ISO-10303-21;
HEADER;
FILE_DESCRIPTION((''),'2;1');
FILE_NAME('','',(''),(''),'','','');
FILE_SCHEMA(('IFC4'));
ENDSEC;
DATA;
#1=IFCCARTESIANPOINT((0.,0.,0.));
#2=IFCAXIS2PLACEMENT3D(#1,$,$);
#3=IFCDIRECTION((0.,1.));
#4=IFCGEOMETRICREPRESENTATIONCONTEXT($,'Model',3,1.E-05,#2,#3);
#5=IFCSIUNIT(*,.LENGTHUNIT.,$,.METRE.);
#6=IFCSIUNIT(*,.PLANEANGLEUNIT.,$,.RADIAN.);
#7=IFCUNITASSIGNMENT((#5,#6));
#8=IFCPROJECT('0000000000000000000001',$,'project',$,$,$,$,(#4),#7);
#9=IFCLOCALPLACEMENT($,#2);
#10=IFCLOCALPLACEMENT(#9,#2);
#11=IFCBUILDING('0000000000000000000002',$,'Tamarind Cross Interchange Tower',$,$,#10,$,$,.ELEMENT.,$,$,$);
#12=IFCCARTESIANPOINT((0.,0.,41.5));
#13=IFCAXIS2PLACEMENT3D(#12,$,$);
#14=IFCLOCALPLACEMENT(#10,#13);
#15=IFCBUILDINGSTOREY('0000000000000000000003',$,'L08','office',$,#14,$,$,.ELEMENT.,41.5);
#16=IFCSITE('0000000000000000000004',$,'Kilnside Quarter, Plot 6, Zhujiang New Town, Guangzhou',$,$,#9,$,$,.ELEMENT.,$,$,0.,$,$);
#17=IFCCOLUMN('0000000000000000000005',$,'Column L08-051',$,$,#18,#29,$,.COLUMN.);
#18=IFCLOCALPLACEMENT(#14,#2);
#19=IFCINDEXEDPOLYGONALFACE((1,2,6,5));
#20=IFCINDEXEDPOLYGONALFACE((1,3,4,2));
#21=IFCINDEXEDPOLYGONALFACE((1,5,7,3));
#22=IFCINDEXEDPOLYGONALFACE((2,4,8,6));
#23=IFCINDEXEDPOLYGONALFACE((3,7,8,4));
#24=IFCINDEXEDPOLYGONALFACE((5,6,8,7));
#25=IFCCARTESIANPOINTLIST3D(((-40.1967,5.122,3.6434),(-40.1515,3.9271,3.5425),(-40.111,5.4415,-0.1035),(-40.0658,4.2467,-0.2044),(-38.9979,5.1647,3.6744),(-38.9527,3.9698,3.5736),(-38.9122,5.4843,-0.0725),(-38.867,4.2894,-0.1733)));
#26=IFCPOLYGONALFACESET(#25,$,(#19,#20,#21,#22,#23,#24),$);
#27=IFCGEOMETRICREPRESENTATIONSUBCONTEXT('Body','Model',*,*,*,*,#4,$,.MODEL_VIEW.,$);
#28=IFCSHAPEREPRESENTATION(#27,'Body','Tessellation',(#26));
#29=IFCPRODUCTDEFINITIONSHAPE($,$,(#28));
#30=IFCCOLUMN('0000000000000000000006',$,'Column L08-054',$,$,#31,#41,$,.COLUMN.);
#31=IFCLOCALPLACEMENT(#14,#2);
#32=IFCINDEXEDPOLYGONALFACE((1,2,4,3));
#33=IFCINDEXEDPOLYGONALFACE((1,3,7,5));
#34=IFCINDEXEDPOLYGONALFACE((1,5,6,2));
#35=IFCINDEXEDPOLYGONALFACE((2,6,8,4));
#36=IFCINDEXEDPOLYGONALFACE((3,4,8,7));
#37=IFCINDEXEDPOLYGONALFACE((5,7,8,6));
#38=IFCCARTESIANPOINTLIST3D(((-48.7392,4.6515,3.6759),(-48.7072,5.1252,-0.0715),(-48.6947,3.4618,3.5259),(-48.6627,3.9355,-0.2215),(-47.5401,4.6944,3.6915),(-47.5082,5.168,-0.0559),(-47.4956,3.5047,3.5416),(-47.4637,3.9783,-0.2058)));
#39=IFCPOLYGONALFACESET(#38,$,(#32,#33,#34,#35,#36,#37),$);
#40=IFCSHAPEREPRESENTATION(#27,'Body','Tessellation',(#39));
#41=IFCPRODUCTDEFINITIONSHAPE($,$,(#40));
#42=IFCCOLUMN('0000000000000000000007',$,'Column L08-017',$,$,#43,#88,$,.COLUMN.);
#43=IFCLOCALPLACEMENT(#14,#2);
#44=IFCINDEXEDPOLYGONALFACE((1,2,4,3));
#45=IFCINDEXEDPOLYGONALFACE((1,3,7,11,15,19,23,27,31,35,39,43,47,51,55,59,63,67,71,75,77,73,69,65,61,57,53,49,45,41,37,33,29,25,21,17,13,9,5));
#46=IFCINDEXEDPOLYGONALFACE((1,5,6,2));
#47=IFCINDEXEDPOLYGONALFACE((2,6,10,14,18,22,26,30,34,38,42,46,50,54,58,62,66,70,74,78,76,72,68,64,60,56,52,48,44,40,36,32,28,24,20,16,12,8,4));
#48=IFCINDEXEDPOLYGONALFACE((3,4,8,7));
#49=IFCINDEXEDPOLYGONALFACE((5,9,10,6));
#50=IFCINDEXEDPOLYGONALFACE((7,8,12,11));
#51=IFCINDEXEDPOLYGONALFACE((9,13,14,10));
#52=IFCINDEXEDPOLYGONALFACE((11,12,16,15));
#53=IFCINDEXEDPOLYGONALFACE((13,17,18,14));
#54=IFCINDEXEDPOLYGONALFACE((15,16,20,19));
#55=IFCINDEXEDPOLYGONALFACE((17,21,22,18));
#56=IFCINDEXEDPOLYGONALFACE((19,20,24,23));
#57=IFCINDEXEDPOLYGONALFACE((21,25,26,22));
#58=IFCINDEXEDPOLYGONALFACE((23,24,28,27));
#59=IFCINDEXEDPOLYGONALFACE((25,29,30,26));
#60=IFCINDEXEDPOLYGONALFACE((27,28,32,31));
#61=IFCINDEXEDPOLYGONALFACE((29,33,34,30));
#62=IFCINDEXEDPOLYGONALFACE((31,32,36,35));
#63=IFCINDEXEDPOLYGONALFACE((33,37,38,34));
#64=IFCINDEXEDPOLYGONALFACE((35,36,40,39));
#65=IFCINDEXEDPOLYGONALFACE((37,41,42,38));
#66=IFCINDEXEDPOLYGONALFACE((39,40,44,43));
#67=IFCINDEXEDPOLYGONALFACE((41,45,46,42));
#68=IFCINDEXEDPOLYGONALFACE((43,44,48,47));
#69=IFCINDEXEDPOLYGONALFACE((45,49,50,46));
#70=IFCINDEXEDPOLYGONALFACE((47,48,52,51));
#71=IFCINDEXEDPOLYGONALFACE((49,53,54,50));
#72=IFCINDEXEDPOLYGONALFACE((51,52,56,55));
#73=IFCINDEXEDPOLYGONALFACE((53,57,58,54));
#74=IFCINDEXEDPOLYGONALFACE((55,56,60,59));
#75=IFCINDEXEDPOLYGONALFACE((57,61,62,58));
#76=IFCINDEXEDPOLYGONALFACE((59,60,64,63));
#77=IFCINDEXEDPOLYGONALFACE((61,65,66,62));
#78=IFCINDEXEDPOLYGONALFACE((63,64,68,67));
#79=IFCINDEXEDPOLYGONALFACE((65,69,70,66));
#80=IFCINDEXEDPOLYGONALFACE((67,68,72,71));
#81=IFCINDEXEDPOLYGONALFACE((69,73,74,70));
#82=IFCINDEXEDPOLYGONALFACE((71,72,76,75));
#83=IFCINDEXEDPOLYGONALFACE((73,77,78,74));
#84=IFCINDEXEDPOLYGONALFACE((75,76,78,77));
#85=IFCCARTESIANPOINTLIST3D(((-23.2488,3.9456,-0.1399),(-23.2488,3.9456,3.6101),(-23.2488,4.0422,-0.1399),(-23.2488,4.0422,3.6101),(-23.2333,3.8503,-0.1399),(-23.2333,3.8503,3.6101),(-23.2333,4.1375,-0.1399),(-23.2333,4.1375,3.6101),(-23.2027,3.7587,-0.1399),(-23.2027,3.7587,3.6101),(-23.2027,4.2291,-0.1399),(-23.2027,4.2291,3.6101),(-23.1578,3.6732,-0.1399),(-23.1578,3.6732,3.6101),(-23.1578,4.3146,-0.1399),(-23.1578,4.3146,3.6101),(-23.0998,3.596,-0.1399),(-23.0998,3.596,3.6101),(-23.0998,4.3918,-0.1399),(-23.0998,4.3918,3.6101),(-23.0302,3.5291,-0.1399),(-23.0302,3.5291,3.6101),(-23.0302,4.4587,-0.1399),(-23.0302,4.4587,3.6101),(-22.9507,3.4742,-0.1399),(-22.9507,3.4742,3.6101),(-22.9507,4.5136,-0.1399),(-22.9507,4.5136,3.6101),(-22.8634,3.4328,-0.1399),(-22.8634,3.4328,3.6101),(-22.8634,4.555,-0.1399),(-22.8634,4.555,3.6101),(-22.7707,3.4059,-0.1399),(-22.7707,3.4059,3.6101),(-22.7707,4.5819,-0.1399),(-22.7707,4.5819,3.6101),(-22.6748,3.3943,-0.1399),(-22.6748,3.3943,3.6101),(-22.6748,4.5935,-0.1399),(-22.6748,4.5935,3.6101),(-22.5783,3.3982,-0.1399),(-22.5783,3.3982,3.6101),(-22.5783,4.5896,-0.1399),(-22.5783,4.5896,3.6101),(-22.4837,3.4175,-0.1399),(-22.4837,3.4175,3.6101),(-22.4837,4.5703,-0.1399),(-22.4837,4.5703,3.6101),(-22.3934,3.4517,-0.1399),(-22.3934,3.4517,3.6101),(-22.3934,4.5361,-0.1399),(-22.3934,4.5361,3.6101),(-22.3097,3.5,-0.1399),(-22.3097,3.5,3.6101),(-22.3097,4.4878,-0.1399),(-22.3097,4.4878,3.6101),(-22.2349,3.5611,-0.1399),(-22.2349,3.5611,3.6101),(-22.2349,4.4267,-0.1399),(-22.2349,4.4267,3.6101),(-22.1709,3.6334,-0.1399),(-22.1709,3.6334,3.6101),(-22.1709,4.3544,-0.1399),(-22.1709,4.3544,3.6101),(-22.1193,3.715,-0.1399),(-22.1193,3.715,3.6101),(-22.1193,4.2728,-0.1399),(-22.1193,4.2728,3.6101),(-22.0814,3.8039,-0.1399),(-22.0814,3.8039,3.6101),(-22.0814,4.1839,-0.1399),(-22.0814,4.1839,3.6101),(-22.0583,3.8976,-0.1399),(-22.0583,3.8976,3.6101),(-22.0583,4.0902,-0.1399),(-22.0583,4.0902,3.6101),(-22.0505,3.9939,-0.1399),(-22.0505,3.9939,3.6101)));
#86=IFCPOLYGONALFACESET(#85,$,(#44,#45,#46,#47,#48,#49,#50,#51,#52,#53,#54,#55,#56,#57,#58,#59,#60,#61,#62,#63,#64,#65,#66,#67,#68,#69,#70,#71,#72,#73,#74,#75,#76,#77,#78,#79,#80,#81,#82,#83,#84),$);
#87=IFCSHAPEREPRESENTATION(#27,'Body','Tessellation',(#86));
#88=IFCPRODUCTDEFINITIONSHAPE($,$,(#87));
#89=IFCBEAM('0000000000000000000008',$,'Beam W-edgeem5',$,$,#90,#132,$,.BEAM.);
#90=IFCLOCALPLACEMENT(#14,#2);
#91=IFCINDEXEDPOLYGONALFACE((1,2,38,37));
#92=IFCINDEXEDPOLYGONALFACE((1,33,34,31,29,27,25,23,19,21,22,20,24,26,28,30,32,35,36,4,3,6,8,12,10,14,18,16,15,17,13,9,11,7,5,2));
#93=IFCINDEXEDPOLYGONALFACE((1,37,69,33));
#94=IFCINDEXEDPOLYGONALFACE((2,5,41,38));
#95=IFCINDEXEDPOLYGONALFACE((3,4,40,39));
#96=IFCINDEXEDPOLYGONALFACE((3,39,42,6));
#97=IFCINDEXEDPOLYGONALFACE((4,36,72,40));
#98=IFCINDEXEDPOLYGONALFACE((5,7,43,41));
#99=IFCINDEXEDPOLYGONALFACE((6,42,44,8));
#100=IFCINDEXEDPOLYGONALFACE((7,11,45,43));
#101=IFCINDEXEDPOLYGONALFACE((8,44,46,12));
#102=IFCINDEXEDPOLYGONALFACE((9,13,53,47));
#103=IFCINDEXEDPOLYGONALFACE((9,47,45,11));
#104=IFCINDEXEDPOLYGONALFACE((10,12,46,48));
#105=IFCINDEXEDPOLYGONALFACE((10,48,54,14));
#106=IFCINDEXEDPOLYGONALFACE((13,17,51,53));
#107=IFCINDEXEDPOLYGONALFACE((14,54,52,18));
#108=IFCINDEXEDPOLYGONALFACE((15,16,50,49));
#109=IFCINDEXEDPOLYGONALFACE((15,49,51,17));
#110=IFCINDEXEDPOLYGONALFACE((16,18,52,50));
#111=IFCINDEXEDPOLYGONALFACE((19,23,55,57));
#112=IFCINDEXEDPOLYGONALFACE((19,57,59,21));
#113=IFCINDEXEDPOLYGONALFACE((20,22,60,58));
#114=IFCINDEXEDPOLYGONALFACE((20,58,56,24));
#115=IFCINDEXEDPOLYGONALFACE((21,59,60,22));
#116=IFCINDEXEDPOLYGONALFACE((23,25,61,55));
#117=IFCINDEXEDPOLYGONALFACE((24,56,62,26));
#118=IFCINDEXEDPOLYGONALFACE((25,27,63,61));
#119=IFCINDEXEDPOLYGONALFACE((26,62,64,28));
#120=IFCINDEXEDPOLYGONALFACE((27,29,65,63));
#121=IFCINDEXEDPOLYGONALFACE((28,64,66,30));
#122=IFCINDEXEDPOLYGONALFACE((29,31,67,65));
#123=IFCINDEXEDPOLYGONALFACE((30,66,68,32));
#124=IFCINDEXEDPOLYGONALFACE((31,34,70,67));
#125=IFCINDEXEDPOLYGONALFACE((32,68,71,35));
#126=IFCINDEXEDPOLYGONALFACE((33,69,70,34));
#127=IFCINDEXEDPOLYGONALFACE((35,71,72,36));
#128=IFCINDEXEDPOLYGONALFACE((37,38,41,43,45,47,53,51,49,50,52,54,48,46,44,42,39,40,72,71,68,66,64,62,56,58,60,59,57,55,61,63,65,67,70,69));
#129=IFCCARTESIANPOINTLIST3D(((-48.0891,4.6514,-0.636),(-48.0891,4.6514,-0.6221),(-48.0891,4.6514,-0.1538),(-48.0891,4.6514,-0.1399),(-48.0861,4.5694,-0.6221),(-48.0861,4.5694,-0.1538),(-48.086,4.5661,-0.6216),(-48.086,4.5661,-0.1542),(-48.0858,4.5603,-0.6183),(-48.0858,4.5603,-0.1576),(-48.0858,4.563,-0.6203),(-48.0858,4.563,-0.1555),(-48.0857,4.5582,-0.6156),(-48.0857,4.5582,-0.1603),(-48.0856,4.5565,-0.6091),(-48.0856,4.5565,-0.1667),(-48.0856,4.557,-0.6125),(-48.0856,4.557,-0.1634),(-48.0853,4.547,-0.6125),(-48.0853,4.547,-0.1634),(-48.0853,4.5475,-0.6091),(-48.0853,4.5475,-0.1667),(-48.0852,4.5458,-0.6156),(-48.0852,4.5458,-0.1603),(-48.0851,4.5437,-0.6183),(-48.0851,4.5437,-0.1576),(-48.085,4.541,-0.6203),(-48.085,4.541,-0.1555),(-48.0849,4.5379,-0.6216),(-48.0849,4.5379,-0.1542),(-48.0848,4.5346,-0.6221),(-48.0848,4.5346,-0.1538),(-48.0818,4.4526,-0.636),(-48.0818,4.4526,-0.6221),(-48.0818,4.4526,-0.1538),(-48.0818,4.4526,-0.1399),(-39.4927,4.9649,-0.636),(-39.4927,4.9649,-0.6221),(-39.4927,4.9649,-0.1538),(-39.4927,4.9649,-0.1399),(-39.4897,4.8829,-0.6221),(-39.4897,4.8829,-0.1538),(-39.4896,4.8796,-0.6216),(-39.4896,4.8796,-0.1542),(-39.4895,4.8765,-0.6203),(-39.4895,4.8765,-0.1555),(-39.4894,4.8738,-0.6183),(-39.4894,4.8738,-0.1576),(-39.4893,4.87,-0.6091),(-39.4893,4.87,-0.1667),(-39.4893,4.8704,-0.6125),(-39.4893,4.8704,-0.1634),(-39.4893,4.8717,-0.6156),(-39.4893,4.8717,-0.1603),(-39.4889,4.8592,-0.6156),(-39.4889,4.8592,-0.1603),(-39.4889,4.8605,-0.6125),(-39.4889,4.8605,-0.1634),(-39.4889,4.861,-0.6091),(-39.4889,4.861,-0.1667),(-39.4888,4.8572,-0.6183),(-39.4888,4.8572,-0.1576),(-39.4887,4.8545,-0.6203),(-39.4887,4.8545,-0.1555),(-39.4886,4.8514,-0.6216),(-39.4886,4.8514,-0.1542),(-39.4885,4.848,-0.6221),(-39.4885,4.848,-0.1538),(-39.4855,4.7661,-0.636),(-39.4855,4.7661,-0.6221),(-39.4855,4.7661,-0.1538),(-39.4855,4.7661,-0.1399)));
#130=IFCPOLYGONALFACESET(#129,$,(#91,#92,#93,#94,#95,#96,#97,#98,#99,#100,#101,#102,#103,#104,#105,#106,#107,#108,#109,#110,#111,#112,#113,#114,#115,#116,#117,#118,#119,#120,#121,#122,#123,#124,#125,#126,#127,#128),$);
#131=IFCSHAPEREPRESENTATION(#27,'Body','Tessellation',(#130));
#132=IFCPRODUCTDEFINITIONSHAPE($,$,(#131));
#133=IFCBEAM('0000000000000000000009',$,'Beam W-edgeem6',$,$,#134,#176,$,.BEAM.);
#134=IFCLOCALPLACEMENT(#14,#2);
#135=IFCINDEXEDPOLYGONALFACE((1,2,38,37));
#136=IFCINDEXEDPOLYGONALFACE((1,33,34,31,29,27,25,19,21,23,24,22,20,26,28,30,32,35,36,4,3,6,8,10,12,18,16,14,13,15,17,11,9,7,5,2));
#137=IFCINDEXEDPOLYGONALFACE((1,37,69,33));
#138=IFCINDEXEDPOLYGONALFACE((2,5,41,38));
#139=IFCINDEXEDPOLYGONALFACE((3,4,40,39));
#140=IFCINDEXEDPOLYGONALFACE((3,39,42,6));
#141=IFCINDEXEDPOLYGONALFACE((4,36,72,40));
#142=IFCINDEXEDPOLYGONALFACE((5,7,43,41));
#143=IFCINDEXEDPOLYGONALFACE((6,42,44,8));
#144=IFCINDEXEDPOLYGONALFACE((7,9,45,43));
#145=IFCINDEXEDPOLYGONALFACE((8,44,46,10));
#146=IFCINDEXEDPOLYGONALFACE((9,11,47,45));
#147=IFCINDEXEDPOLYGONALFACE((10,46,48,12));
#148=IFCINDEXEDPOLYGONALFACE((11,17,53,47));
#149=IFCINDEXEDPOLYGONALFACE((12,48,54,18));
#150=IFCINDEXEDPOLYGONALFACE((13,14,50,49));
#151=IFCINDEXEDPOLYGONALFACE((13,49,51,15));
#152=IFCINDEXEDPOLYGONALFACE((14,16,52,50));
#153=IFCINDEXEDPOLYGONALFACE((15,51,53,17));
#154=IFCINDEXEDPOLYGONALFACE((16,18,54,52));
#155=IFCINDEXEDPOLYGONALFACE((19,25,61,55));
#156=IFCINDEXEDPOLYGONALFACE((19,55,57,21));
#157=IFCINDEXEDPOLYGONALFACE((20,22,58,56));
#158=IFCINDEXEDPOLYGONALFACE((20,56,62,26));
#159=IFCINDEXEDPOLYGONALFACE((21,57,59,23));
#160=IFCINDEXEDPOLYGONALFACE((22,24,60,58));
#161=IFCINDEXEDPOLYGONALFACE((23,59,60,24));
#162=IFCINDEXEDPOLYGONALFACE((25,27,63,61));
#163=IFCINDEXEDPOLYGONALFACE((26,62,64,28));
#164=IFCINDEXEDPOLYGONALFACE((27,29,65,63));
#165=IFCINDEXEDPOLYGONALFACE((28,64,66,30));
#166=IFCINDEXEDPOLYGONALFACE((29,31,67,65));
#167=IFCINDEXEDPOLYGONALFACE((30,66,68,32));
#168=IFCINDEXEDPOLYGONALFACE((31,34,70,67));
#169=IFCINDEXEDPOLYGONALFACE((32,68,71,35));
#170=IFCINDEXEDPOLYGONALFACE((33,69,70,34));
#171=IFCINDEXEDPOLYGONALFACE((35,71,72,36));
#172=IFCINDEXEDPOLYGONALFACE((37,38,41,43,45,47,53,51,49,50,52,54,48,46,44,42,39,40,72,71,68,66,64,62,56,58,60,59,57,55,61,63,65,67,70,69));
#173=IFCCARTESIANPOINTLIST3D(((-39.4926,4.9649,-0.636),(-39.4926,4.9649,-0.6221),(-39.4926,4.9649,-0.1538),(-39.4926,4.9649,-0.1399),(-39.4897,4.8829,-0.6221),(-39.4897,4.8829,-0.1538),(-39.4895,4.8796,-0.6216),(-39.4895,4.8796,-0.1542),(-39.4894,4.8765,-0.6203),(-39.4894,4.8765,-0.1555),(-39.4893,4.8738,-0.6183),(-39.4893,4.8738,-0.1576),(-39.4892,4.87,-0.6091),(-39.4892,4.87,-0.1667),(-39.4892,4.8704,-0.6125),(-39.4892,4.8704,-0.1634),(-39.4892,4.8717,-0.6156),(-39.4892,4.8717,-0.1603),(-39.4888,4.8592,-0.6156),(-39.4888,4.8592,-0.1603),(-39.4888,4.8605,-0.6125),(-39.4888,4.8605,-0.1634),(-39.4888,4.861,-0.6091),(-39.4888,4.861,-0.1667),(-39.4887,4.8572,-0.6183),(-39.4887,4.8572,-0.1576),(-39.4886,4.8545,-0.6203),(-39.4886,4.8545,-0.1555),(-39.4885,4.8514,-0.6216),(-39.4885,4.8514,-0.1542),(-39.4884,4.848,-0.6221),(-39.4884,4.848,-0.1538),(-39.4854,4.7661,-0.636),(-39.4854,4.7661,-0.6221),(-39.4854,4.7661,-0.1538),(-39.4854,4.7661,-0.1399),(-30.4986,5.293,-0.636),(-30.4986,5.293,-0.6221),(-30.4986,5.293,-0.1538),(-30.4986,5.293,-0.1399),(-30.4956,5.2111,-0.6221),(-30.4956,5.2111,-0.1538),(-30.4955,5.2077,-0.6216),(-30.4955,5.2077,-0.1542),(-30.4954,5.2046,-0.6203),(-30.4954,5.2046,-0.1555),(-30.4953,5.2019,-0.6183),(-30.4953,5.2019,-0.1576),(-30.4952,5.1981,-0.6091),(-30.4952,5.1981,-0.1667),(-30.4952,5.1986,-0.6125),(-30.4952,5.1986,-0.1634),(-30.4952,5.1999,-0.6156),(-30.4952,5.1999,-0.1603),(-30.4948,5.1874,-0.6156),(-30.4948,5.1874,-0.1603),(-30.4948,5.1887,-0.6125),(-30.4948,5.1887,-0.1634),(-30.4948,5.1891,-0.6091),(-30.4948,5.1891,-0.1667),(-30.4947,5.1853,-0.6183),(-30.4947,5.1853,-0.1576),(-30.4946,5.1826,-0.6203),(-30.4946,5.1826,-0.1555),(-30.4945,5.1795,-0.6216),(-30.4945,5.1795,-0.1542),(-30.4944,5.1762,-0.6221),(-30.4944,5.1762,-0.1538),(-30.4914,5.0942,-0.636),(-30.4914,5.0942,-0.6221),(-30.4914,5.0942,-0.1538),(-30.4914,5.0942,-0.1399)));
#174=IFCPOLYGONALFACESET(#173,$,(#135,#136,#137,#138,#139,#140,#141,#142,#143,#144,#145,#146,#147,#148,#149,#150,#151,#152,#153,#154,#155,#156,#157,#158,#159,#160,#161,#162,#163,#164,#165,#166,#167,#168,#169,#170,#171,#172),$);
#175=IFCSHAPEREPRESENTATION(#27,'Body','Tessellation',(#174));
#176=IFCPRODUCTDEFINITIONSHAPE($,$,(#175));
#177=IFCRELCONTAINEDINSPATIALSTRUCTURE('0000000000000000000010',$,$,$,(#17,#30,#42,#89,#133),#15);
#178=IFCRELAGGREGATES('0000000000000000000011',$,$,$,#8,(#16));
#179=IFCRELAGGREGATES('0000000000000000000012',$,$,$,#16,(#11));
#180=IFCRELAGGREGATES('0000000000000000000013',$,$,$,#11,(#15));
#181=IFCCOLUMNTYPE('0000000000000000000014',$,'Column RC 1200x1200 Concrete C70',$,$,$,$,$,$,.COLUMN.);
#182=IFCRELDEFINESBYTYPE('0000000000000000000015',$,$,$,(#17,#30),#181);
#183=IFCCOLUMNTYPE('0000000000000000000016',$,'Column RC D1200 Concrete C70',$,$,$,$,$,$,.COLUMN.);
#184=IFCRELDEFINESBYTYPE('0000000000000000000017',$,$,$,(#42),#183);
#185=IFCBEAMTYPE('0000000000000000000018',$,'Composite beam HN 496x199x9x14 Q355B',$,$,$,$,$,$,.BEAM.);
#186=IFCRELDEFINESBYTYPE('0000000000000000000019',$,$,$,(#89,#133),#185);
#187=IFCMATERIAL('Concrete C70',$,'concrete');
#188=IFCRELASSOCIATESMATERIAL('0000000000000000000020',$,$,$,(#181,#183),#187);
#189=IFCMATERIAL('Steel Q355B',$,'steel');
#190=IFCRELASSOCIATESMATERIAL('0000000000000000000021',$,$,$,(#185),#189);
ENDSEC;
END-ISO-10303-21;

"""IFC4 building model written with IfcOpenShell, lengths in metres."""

from ifc_helpers import new_model, si_unit, direction, frame, origin, origin_2d, place, context, subcontext, project, spatial, rectangle, circle, i_section, extrude, material, material_profile, profile_set, type_object, element, save


model = new_model("IFC4")

# Units and contexts
model_context = context("Model", 3, precision=1e-05, world=origin(), true_north=direction((0.0, 1.0)))
body_context = subcontext(model_context, "Body", "Model", "MODEL_VIEW")
ifc_project = project(units=[si_unit("LENGTHUNIT", "METRE"), si_unit("PLANEANGLEUNIT", "RADIAN")], contexts=[model_context])

# Site, building, storey
site_placement = place(None, origin())
site = spatial("IfcSite", under=ifc_project, at=site_placement, Name="Kilnside Quarter, Plot 6, Zhujiang New Town, Guangzhou", CompositionType="ELEMENT", RefElevation=0.0)
building_placement = place(site_placement, origin())
building = spatial("IfcBuilding", under=site, at=building_placement, Name="Tamarind Cross Interchange Tower", CompositionType="ELEMENT")
storey_placement = place(building_placement, frame((0.0, 0.0, 41.5)))
storey = spatial("IfcBuildingStorey", under=building, at=storey_placement, Name="L08", Description="office", CompositionType="ELEMENT", Elevation=41.5)

# Columns
ifc_material_1 = material(Name="Concrete C70", Category="concrete")
ifc_material_profile_1 = material_profile(ifc_material_1, rectangle(XDim=1.2, YDim=1.2, at=origin_2d()), Name="RC 1200x1200")
ifc_profile_set_1 = profile_set([ifc_material_profile_1], Name="Concrete C70")
column_type_1 = type_object("IfcColumnType", Name="Column RC 1200x1200 Concrete C70", PredefinedType="COLUMN", material=ifc_profile_set_1)
column_1_placement = place(storey_placement, frame((-39.489, 4.8655, -0.1384), z_axis=(-0.022782, -0.084963, 0.996124), x_axis=(0.999031, 0.035606, 0.025886)))
element("IfcColumn", 1, at=column_1_placement, inside=storey, type_object=column_type_1, Name="Column L08-051", PredefinedType="COLUMN", context=body_context, shape_type="SweptSolid", body=[
    extrude(rectangle(XDim=1.2, YDim=1.2, at=origin_2d()), origin(), (0.0, 0.0, 1.0), 3.7615),
])
column_2_placement = place(storey_placement, frame((-48.0854, 4.5518, -0.1387), z_axis=(-0.008467, -0.12539, 0.992071), x_axis=(0.999277, 0.035723, 0.013044)))
element("IfcColumn", 2, at=column_2_placement, inside=storey, type_object=column_type_1, Name="Column L08-054", PredefinedType="COLUMN", context=body_context, shape_type="SweptSolid", body=[
    extrude(rectangle(XDim=1.2, YDim=1.2, at=origin_2d()), origin(), (0.0, 0.0, 1.0), 3.7773),
])
ifc_material_profile_2 = material_profile(ifc_material_1, circle(Radius=0.6001, at=origin_2d()), Name="RC D1200")
ifc_profile_set_2 = profile_set([ifc_material_profile_2], Name="Concrete C70")
column_type_2 = type_object("IfcColumnType", Name="Column RC D1200 Concrete C70", PredefinedType="COLUMN", material=ifc_profile_set_2)
column_3_placement = place(storey_placement, frame((-22.6506, 3.9939, -0.1399), z_axis=(0.0, 0.0, 1.0), x_axis=(1.0, 0.0, 0.0)))
element("IfcColumn", 3, at=column_3_placement, inside=storey, type_object=column_type_2, Name="Column L08-017", PredefinedType="COLUMN", context=body_context, shape_type="SweptSolid", body=[
    extrude(circle(Radius=0.6001, at=origin_2d()), origin(), (0.0, 0.0, 1.0), 3.75),
])

# Beams
ifc_material_2 = material(Name="Steel Q355B", Category="steel")
ifc_material_profile_3 = material_profile(ifc_material_2, i_section(OverallWidth=0.199, OverallDepth=0.4961, WebThickness=0.009, FlangeThickness=0.0139, FilletRadius=0.0129, at=origin_2d()), Name="HN 496x199x9x14")
ifc_profile_set_3 = profile_set([ifc_material_profile_3], Name="Steel Q355B")
beam_type_1 = type_object("IfcBeamType", Name="Composite beam HN 496x199x9x14 Q355B", PredefinedType="BEAM", material=ifc_profile_set_3)
beam_1_placement = place(storey_placement, frame((-48.0854, 4.552, -0.3879), z_axis=(0.999336, 0.036442, 0.0), x_axis=(-0.036442, 0.999336, 0.0)))
element("IfcBeam", 4, at=beam_1_placement, inside=storey, type_object=beam_type_1, Name="Beam W-edgeem5", PredefinedType="BEAM", context=body_context, shape_type="SweptSolid", body=[
    extrude(i_section(OverallWidth=0.199, OverallDepth=0.4961, WebThickness=0.009, FlangeThickness=0.0139, FilletRadius=0.0129, at=origin_2d()), origin(), (0.0, 0.0, 1.0), 8.6021),
])
beam_2_placement = place(storey_placement, frame((-39.489, 4.8655, -0.3879), z_axis=(0.999335, 0.036459, 0.0), x_axis=(-0.036459, 0.999335, 0.0)))
element("IfcBeam", 5, at=beam_2_placement, inside=storey, type_object=beam_type_1, Name="Beam W-edgeem6", PredefinedType="BEAM", context=body_context, shape_type="SweptSolid", body=[
    extrude(i_section(OverallWidth=0.199, OverallDepth=0.4961, WebThickness=0.009, FlangeThickness=0.0139, FilletRadius=0.0129, at=origin_2d()), origin(), (0.0, 0.0, 1.0), 9.0),
])

save(model, "model.ifc")
